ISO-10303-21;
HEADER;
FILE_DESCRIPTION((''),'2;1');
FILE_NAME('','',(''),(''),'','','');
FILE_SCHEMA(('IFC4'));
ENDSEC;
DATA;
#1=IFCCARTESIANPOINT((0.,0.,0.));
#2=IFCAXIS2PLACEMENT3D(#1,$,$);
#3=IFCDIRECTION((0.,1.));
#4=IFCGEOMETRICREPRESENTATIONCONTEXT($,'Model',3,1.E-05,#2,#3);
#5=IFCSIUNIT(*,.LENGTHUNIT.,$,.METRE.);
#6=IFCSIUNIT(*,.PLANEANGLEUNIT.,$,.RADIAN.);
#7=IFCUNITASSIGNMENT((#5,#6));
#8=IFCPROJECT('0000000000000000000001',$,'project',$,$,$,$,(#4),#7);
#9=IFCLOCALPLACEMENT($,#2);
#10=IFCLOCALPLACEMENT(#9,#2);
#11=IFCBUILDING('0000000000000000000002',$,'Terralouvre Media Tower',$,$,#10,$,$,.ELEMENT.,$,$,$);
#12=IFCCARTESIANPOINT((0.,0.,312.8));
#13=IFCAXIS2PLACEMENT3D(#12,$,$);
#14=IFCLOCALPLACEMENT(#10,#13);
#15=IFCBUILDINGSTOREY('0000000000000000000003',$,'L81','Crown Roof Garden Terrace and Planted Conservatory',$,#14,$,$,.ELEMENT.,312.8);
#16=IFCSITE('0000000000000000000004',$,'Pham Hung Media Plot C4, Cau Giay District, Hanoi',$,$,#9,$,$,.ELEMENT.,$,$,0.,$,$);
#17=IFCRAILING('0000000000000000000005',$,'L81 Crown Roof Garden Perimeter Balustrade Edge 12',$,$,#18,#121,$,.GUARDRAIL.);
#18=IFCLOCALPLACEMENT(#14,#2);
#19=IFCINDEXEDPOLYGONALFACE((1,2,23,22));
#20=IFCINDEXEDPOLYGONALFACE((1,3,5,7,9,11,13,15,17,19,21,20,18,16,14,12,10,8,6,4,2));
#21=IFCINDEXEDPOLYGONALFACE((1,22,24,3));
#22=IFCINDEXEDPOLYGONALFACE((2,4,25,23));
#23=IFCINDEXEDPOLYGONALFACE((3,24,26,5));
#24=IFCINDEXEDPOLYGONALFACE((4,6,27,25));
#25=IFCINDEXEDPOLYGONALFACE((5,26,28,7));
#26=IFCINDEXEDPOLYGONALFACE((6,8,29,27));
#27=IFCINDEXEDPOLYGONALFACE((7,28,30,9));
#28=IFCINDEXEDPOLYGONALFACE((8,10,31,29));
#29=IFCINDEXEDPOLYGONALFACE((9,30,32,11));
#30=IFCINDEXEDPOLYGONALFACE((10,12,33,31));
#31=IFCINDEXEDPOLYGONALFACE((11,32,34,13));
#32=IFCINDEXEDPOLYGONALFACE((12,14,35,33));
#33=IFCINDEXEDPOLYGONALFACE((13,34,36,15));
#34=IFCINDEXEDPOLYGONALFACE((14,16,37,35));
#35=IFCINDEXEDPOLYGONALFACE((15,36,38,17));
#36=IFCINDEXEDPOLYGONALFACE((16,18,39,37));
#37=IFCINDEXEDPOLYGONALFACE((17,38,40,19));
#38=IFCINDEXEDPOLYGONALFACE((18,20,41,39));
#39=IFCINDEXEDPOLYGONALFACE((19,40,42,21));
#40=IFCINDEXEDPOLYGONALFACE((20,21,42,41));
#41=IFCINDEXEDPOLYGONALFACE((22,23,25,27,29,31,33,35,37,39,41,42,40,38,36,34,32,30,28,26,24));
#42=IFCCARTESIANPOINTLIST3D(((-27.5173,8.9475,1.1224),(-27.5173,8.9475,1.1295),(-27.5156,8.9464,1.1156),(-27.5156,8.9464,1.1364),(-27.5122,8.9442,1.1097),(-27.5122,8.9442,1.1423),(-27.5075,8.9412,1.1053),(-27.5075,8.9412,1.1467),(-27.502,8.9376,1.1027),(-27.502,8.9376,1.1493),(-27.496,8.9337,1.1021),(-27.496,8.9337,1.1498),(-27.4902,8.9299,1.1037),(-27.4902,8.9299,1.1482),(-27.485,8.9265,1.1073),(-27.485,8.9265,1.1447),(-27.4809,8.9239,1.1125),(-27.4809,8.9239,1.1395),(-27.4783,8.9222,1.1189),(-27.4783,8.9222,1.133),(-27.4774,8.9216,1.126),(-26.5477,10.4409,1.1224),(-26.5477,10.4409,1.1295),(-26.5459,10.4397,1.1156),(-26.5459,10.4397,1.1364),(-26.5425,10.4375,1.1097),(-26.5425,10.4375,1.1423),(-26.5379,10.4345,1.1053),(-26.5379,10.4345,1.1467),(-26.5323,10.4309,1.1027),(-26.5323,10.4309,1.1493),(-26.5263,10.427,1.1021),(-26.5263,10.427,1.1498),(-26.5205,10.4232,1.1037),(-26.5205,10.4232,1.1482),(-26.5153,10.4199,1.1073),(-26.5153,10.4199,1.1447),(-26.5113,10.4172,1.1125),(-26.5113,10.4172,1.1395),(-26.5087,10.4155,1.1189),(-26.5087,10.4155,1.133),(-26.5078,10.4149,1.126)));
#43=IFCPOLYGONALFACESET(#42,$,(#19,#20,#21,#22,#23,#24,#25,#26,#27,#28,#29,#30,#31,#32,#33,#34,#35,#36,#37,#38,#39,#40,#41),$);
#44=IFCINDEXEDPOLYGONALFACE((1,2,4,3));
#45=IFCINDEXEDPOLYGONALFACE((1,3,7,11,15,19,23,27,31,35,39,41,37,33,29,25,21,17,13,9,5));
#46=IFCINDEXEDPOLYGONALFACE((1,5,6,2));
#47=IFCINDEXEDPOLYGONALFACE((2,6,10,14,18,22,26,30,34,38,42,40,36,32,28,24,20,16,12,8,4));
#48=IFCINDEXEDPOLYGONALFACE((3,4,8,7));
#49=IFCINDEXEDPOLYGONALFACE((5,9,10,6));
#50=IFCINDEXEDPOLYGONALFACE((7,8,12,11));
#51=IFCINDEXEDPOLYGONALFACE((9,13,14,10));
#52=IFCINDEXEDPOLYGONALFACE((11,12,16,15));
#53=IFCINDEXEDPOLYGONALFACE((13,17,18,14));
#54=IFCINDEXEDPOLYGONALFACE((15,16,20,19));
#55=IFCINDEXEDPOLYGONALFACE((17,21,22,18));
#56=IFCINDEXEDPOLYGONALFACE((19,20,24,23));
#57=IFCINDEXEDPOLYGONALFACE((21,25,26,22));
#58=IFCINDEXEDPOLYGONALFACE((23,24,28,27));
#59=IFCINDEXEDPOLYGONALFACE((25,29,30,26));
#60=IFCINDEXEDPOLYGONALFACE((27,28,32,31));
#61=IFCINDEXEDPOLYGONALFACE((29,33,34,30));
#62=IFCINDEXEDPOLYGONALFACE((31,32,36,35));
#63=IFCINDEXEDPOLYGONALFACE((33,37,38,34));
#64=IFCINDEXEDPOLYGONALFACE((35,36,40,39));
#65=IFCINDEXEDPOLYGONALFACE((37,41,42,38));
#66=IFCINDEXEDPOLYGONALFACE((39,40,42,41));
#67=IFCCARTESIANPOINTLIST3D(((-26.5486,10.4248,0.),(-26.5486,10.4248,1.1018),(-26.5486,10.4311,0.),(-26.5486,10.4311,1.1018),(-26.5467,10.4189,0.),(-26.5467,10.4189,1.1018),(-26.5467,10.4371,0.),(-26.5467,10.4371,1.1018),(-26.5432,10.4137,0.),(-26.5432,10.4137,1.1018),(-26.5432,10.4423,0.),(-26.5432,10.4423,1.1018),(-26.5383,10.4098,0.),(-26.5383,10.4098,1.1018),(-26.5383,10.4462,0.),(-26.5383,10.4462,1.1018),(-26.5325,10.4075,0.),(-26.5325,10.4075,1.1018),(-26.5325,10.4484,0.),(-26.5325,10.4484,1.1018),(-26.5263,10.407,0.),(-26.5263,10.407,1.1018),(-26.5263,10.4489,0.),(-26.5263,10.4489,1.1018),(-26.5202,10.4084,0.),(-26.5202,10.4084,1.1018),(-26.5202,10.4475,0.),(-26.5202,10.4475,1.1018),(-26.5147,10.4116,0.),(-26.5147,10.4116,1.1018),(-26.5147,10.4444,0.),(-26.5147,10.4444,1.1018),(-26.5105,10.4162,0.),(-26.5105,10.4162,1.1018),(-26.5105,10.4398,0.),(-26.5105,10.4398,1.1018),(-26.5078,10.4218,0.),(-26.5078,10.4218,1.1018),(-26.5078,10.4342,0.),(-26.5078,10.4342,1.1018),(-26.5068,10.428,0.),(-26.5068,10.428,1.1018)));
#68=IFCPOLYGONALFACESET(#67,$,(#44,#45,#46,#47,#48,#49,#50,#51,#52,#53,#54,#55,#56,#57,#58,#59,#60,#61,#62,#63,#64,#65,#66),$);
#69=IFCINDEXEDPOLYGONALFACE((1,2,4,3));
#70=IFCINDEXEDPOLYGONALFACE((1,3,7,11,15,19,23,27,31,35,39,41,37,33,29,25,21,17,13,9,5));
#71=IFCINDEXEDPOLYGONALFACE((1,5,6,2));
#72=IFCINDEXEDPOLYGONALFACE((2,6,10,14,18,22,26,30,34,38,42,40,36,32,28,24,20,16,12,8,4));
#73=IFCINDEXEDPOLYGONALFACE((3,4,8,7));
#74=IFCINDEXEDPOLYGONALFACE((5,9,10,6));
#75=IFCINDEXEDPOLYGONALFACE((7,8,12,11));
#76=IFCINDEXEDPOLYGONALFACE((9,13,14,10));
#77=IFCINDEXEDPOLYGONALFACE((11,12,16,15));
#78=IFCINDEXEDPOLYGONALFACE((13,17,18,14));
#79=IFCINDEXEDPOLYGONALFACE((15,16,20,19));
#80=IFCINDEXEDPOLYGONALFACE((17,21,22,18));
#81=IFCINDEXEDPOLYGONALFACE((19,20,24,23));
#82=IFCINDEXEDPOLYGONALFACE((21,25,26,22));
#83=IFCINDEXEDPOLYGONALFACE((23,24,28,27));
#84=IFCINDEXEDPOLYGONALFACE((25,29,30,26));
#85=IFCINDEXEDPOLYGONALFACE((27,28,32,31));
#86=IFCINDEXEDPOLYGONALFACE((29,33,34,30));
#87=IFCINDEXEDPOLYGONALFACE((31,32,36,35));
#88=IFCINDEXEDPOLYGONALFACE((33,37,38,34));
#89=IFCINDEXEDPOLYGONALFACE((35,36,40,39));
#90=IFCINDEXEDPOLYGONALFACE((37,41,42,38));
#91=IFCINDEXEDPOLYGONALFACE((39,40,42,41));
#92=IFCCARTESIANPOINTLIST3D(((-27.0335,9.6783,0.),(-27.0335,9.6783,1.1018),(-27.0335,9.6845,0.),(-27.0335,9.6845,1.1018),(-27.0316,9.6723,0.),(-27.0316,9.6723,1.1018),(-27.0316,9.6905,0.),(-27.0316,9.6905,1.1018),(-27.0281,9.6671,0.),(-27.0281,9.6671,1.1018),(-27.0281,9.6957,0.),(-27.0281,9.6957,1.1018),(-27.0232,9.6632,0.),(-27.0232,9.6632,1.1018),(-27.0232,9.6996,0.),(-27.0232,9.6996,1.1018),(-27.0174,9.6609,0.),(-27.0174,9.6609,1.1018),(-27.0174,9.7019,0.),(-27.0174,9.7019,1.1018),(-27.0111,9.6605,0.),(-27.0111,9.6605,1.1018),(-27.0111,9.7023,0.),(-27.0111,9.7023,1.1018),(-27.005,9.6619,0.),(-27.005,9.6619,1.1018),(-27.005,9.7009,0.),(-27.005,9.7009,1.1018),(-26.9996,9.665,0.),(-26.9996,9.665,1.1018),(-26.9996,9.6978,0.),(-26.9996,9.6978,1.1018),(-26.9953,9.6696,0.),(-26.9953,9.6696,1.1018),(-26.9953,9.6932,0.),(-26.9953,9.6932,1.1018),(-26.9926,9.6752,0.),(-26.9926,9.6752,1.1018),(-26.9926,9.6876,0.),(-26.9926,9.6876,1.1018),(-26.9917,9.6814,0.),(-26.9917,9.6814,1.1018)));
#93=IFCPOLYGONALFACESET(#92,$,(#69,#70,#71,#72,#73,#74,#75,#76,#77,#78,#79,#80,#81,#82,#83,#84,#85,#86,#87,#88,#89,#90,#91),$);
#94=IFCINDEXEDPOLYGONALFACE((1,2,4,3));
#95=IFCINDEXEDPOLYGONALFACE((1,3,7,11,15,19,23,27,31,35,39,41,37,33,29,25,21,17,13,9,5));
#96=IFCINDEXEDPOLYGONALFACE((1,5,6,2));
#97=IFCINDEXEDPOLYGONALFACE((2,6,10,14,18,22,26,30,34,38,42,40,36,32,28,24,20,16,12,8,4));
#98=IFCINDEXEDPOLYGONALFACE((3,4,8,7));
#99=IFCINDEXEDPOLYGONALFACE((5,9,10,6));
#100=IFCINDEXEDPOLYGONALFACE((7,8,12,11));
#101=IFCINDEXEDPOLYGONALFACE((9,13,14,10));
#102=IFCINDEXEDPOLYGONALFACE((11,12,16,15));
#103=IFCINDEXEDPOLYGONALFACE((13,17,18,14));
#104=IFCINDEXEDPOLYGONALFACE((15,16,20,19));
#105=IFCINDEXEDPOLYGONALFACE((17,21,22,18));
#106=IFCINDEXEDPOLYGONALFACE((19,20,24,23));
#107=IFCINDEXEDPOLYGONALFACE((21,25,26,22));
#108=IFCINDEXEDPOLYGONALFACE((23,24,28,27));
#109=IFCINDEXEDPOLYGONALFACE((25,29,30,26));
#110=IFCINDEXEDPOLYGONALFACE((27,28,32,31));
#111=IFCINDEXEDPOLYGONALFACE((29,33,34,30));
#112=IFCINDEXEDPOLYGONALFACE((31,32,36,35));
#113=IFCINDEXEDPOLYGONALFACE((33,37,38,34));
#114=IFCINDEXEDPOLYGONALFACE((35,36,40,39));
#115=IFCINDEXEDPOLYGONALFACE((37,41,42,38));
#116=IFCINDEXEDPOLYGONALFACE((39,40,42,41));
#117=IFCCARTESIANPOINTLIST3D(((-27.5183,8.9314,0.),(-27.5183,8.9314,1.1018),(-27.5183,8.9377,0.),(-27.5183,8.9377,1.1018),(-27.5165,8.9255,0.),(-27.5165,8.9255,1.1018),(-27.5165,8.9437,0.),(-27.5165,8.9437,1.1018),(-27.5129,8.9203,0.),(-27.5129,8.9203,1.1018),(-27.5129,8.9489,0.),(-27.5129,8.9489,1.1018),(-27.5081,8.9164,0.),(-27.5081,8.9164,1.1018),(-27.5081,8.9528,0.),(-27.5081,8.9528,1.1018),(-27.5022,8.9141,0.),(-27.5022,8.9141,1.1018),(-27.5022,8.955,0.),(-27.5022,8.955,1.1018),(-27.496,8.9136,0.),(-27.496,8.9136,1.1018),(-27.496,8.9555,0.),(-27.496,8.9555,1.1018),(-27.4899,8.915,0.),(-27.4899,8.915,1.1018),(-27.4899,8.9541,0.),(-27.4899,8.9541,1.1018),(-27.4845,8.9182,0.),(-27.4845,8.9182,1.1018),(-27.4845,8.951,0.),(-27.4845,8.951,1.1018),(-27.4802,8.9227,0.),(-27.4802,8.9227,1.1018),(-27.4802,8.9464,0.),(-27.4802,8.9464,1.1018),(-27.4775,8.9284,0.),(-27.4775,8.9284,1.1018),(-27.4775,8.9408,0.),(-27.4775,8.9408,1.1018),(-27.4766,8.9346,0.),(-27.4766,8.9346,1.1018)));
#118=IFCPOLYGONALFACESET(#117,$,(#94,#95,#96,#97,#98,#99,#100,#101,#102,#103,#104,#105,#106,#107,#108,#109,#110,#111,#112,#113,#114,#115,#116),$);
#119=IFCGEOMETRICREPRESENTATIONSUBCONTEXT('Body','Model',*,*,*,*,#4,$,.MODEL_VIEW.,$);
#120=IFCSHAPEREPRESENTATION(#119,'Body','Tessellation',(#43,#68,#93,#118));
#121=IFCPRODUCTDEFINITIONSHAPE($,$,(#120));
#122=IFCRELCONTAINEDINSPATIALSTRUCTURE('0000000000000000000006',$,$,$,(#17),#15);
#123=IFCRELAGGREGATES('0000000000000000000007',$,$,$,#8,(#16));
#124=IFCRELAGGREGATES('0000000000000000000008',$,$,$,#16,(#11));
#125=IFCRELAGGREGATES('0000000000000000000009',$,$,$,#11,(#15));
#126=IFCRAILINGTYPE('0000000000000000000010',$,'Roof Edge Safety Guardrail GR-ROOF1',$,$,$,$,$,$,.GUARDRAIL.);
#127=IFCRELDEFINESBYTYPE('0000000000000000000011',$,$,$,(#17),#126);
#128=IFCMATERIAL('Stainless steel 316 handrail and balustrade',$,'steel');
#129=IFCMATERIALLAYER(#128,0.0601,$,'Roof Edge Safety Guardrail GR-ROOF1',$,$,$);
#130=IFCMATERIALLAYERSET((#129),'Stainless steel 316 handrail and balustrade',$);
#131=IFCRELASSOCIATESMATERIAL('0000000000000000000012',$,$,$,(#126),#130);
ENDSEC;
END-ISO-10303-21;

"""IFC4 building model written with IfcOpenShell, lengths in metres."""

from ifc_helpers import new_model, si_unit, direction, frame, origin, origin_2d, place, context, subcontext, project, spatial, circle, extrude, material, layer, layer_set, type_object, element, save


model = new_model("IFC4")

# Units and contexts
model_context = context("Model", 3, precision=1e-05, world=origin(), true_north=direction((0.0, 1.0)))
body_context = subcontext(model_context, "Body", "Model", "MODEL_VIEW")
ifc_project = project(units=[si_unit("LENGTHUNIT", "METRE"), si_unit("PLANEANGLEUNIT", "RADIAN")], contexts=[model_context])

# Site, building, storey
site_placement = place(None, origin())
site = spatial("IfcSite", under=ifc_project, at=site_placement, Name="Pham Hung Media Plot C4, Cau Giay District, Hanoi", CompositionType="ELEMENT", RefElevation=0.0)
building_placement = place(site_placement, origin())
building = spatial("IfcBuilding", under=site, at=building_placement, Name="Terralouvre Media Tower", CompositionType="ELEMENT")
storey_placement = place(building_placement, frame((0.0, 0.0, 312.8)))
storey = spatial("IfcBuildingStorey", under=building, at=storey_placement, Name="L81", Description="Crown Roof Garden Terrace and Planted Conservatory", CompositionType="ELEMENT", Elevation=312.8)

# Railing
ifc_material_1 = material(Name="Stainless steel 316 handrail and balustrade", Category="steel")
ifc_layer_1 = layer(ifc_material_1, 0.0601, Name="Roof Edge Safety Guardrail GR-ROOF1")
ifc_layer_set_1 = layer_set([ifc_layer_1], Name="Stainless steel 316 handrail and balustrade")
railing_type = type_object("IfcRailingType", Name="Roof Edge Safety Guardrail GR-ROOF1", PredefinedType="GUARDRAIL", material=ifc_layer_set_1)
railing_1_placement = place(storey_placement, frame((-26.5278, 10.428, 0.0)))
element("IfcRailing", 1, at=railing_1_placement, inside=storey, type_object=railing_type, Name="L81 Crown Roof Garden Perimeter Balustrade Edge 12", PredefinedType="GUARDRAIL", context=body_context, shape_type="SweptSolid", body=[
    extrude(circle(Radius=0.0239, at=origin_2d()), frame((0.0, 0.0, 1.126), z_axis=(-0.544598, -0.838697, 0.0), x_axis=(0.838697, -0.544598, 0.0)), (0.0, 0.0, 1.0), 1.7805),
    extrude(circle(Radius=0.021, at=origin_2d()), origin(), (0.0, 0.0, 1.0), 1.1018),
    extrude(circle(Radius=0.021, at=origin_2d()), frame((-0.4849, -0.7466, 0.0)), (0.0, 0.0, 1.0), 1.1018),
    extrude(circle(Radius=0.021, at=origin_2d()), frame((-0.9697, -1.4934, 0.0)), (0.0, 0.0, 1.0), 1.1018),
])

save(model, "model.ifc")
